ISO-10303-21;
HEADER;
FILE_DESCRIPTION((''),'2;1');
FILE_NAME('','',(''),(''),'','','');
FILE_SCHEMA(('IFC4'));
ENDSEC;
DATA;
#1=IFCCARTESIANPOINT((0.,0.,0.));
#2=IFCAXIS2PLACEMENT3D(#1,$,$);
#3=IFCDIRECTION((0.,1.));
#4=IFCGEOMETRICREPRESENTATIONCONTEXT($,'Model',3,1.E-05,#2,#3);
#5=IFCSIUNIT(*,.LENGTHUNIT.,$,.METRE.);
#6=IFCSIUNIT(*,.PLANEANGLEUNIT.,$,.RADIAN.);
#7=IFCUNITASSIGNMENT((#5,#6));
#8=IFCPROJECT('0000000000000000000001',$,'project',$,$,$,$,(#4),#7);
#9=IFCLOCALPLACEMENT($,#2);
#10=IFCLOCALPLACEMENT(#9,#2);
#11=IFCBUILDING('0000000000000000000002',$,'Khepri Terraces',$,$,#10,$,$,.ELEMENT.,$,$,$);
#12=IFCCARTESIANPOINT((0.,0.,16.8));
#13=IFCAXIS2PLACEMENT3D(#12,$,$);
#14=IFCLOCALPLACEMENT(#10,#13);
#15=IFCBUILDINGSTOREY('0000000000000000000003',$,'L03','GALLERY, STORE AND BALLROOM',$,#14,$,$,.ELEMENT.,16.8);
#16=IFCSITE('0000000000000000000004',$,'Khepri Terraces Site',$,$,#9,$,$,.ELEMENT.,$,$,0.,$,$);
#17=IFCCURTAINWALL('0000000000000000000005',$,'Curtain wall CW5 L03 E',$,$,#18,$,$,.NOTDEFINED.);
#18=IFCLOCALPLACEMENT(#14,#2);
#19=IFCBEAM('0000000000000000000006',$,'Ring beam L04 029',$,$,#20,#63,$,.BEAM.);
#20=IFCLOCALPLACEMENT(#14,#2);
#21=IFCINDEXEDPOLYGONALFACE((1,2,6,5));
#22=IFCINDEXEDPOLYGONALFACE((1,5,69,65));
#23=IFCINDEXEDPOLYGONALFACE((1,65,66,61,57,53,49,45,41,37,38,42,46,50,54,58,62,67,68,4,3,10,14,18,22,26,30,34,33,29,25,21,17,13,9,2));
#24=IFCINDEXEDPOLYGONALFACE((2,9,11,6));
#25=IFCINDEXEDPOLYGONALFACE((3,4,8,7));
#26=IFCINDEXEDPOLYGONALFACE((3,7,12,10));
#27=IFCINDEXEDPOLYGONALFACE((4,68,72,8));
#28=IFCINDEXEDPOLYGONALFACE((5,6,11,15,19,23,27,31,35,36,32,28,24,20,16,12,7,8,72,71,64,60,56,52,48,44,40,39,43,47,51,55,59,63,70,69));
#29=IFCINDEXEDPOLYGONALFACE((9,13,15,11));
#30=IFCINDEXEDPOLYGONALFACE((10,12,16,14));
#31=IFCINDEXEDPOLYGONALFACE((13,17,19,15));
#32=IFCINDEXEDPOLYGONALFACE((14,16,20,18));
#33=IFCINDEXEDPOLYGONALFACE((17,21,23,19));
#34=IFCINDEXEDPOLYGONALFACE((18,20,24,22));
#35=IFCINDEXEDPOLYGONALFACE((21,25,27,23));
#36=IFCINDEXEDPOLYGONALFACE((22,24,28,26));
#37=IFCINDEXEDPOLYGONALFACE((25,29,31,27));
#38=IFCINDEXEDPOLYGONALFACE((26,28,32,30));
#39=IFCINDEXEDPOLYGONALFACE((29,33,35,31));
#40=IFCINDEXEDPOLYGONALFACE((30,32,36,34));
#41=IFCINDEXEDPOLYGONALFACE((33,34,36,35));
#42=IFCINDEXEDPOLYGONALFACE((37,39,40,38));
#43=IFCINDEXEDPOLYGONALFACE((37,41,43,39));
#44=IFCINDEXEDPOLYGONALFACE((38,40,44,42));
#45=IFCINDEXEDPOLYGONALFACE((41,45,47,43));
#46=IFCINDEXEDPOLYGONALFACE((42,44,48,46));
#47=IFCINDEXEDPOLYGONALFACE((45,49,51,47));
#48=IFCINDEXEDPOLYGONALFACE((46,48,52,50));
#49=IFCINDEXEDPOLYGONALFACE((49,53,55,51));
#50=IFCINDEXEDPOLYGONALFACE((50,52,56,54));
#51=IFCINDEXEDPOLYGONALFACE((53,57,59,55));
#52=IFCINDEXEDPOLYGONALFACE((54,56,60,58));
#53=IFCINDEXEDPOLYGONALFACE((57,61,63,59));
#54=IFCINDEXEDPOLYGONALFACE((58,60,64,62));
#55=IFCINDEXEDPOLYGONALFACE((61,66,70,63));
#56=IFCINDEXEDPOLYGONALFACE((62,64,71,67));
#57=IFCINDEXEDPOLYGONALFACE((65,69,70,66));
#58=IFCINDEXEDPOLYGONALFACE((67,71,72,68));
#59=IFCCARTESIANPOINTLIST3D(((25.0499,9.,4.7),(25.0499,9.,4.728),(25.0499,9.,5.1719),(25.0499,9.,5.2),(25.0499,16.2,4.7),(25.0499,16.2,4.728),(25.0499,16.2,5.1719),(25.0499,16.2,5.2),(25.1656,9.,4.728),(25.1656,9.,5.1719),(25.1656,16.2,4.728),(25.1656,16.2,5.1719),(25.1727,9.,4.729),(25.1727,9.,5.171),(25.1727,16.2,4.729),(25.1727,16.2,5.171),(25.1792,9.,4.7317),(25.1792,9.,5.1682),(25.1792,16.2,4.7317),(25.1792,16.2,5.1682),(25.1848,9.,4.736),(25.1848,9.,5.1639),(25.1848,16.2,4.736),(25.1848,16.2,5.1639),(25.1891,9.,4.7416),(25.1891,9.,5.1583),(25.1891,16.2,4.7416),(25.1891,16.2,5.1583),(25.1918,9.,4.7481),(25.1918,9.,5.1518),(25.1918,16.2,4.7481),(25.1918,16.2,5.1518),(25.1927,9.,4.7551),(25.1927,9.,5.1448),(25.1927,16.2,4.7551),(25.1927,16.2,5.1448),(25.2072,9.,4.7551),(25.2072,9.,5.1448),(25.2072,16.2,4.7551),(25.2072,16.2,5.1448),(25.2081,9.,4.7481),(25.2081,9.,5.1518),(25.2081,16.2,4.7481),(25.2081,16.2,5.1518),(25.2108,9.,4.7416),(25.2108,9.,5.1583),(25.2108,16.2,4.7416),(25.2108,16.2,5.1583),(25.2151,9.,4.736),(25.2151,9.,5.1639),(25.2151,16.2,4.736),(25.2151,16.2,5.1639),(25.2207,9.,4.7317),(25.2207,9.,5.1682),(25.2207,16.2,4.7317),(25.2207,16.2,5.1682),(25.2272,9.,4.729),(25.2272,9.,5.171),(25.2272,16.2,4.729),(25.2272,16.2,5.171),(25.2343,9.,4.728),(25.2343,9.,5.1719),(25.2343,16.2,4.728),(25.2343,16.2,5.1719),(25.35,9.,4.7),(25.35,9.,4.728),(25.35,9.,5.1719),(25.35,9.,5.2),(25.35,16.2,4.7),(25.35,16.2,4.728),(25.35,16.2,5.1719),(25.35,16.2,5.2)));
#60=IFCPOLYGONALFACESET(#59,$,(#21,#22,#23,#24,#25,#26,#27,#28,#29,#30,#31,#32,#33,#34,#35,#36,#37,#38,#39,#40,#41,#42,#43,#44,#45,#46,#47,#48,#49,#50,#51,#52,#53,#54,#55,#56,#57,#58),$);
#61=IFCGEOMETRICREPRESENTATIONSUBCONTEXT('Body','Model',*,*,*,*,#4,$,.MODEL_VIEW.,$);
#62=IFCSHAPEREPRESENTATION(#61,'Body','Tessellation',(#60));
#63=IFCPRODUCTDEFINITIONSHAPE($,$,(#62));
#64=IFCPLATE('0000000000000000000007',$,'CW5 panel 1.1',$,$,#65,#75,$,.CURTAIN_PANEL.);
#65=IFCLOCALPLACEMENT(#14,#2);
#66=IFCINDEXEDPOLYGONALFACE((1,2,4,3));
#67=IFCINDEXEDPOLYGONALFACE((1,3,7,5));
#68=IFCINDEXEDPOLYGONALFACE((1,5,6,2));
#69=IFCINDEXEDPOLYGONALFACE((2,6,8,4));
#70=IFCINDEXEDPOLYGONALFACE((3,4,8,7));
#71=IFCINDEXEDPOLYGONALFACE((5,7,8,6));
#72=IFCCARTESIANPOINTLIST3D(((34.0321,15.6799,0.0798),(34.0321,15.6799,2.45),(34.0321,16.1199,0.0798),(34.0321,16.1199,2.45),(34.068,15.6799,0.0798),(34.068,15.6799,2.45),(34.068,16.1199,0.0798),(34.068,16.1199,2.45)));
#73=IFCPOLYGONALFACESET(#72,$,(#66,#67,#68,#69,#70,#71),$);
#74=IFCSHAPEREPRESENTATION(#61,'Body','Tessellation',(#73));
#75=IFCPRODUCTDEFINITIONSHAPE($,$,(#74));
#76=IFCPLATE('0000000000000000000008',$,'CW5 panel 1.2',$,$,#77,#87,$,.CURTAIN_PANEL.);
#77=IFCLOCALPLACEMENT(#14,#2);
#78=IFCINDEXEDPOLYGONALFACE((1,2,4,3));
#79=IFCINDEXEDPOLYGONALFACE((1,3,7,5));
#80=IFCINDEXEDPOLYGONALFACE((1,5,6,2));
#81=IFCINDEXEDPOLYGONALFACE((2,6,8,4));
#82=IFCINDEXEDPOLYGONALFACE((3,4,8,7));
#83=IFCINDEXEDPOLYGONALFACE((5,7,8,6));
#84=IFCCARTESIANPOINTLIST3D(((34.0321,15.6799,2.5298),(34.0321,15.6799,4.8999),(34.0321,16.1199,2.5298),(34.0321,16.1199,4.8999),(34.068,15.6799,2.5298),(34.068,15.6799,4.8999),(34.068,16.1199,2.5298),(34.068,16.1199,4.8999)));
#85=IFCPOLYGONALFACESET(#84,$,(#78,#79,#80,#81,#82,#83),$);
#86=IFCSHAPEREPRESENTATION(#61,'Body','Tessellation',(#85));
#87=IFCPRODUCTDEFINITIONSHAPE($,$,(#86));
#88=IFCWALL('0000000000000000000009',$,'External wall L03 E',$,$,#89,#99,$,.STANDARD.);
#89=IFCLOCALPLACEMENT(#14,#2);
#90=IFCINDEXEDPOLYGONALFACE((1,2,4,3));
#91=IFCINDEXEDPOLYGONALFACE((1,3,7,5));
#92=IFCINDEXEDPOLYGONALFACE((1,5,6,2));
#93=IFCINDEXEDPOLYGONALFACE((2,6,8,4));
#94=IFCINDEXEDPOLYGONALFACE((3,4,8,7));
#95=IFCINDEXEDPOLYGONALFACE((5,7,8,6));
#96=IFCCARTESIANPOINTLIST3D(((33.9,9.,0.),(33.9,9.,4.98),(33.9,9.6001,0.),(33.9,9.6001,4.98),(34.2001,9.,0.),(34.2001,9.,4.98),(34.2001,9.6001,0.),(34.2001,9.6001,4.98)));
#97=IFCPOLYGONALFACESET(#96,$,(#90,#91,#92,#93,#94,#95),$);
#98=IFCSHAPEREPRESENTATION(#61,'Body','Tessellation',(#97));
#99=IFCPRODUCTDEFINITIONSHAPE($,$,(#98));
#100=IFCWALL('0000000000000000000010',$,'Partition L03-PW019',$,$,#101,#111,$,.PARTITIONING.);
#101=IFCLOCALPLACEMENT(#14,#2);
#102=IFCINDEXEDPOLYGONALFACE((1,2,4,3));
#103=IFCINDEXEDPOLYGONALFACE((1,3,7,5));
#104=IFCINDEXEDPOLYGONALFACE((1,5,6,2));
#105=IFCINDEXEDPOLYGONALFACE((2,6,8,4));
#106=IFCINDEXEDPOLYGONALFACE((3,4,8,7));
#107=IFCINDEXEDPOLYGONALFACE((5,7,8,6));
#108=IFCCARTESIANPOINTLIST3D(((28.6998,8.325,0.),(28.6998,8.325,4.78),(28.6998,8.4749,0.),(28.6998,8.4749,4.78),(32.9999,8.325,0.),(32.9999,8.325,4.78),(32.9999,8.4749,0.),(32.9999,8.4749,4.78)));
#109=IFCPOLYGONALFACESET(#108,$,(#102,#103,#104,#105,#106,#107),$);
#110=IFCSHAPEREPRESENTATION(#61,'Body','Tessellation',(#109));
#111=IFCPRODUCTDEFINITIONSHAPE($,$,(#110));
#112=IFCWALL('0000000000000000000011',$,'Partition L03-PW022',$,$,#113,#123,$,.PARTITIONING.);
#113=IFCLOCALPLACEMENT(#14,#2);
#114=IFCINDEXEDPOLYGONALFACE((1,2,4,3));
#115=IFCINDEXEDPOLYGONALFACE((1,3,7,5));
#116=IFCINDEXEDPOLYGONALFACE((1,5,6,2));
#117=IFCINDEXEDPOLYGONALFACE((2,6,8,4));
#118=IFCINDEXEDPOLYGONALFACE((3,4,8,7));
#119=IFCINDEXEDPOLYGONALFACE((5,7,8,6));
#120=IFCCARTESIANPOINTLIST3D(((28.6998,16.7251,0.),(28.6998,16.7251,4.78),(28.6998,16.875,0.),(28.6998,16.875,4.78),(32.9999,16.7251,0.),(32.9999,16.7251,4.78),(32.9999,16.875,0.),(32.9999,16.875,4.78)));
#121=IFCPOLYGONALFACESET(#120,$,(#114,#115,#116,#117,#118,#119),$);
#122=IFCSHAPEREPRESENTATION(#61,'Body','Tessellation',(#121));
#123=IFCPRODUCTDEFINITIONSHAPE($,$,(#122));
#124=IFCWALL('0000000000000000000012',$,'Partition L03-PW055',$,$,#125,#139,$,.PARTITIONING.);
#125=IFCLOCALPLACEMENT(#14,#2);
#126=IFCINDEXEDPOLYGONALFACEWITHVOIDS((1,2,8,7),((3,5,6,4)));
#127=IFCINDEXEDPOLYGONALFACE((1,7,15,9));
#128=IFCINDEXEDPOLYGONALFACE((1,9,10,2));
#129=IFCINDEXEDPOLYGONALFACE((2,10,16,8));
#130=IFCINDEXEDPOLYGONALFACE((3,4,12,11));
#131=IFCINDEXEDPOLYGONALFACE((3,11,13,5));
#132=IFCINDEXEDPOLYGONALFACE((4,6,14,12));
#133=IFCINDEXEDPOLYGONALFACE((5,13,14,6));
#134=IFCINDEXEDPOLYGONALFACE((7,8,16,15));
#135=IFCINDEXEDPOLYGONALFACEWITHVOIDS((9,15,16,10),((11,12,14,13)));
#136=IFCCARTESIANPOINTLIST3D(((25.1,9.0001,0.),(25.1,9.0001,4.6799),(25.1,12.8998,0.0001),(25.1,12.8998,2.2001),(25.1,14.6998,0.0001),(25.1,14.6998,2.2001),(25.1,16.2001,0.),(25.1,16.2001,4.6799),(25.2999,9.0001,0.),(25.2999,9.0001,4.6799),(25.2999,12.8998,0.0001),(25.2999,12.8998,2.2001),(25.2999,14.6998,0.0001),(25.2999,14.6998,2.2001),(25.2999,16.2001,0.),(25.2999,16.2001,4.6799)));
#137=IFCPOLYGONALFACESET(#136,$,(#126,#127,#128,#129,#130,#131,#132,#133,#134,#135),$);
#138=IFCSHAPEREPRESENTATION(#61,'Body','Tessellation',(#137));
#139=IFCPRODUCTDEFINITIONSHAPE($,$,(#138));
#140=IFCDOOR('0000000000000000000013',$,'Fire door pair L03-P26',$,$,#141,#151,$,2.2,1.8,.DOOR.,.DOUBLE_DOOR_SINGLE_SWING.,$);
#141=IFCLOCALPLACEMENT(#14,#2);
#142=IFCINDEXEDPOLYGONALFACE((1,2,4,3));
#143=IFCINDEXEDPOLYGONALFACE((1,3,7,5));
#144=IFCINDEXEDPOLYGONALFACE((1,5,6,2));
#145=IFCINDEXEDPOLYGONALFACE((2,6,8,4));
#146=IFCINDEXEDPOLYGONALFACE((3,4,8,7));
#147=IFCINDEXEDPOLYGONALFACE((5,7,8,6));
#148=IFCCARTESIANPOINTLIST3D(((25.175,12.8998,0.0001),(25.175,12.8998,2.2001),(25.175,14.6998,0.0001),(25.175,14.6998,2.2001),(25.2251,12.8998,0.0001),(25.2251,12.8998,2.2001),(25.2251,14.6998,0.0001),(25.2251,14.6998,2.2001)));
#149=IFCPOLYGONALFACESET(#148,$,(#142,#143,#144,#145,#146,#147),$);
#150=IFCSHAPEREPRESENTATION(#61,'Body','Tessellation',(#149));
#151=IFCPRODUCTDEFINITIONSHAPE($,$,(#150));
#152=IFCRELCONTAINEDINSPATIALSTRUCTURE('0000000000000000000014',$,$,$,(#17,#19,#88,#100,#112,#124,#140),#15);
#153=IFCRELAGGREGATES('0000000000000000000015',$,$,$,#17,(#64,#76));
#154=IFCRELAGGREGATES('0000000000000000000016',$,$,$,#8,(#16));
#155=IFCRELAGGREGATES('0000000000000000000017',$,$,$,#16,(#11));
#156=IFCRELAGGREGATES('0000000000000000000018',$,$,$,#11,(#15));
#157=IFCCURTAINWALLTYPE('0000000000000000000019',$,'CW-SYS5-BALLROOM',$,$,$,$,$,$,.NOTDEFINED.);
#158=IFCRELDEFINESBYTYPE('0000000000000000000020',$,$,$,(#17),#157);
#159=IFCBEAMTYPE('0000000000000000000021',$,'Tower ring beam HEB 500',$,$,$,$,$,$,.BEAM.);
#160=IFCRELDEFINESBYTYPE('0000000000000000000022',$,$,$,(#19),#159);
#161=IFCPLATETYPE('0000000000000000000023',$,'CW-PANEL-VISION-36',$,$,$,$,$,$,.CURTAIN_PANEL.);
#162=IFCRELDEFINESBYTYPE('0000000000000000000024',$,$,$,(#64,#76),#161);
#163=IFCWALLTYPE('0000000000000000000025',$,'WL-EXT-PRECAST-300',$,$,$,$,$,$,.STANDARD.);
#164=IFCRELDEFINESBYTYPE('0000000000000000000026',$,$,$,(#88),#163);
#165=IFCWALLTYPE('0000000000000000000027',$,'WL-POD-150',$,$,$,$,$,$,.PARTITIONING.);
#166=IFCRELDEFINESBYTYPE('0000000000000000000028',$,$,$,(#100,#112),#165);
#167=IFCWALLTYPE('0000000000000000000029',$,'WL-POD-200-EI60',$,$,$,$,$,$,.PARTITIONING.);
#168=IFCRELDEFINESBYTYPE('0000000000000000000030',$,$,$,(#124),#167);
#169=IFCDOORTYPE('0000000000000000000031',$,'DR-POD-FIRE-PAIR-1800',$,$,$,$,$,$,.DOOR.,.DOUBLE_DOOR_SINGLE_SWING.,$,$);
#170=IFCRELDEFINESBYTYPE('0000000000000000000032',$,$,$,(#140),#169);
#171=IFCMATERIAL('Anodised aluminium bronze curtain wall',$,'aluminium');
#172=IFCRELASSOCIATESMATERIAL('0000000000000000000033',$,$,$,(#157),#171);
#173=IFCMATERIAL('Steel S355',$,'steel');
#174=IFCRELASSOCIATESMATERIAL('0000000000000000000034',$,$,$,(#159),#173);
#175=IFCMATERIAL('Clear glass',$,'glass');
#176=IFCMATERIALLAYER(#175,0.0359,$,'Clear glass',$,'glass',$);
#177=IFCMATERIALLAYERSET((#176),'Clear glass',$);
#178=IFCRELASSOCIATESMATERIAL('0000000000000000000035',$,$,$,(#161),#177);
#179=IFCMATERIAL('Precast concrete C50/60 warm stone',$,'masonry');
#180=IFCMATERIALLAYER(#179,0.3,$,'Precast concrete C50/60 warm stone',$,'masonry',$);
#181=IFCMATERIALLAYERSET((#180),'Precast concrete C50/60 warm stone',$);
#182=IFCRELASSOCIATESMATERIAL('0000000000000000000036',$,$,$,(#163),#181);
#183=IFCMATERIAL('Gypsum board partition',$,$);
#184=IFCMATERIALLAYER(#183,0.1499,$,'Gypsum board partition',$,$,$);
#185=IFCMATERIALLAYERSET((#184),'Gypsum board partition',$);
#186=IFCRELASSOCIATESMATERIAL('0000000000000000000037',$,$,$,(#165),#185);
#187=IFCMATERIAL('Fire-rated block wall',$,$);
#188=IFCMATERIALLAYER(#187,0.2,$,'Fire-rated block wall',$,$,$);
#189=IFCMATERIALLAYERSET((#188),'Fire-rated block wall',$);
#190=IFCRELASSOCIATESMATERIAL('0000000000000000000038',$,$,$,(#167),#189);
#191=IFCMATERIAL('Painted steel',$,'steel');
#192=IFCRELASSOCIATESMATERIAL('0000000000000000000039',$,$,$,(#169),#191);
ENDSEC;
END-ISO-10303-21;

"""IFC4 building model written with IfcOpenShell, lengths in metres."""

from ifc_helpers import new_model, si_unit, direction, frame, frame_2d, origin, origin_2d, place, context, subcontext, project, spatial, rectangle, i_section, extrude, material, layer, layer_set, material_profile, profile_set, type_object, element, fill, aggregate, save


model = new_model("IFC4")

# Units and contexts
model_context = context("Model", 3, precision=1e-05, world=origin(), true_north=direction((0.0, 1.0)))
body_context = subcontext(model_context, "Body", "Model", "MODEL_VIEW")
ifc_project = project(units=[si_unit("LENGTHUNIT", "METRE"), si_unit("PLANEANGLEUNIT", "RADIAN")], contexts=[model_context])

# Site, building, storey
site_placement = place(None, origin())
site = spatial("IfcSite", under=ifc_project, at=site_placement, Name="Khepri Terraces Site", CompositionType="ELEMENT", RefElevation=0.0)
building_placement = place(site_placement, origin())
building = spatial("IfcBuilding", under=site, at=building_placement, Name="Khepri Terraces", CompositionType="ELEMENT")
storey_placement = place(building_placement, frame((0.0, 0.0, 16.8)))
storey = spatial("IfcBuildingStorey", under=building, at=storey_placement, Name="L03", Description="GALLERY, STORE AND BALLROOM", CompositionType="ELEMENT", Elevation=16.8)

# Curtain wall
ifc_material_1 = material(Name="Anodised aluminium bronze curtain wall", Category="aluminium")
curtain_wall_type = type_object("IfcCurtainWallType", Name="CW-SYS5-BALLROOM", PredefinedType="NOTDEFINED", material=ifc_material_1)
curtain_wall_placement = place(storey_placement, origin())
curtain_wall = element("IfcCurtainWall", 1, at=curtain_wall_placement, inside=storey, type_object=curtain_wall_type, Name="Curtain wall CW5 L03 E", PredefinedType="NOTDEFINED")

# Beam
ifc_material_2 = material(Name="Steel S355", Category="steel")
ifc_material_profile_1 = material_profile(ifc_material_2, i_section(OverallWidth=0.3, OverallDepth=0.5, WebThickness=0.0144, FlangeThickness=0.0281, FilletRadius=0.0271, at=origin_2d()), Name="Steel S355", Category="steel")
ifc_profile_set_1 = profile_set([ifc_material_profile_1], Name="Steel S355")
beam_type_1 = type_object("IfcBeamType", Name="Tower ring beam HEB 500", PredefinedType="BEAM", material=ifc_profile_set_1)
beam_1_placement = place(storey_placement, frame((25.2, 9.0, 4.95), z_axis=(0.0, 1.0, 0.0), x_axis=(-1.0, 0.0, 0.0)))
element("IfcBeam", 2, at=beam_1_placement, inside=storey, type_object=beam_type_1, Name="Ring beam L04 029", PredefinedType="BEAM", context=body_context, shape_type="SweptSolid", body=[
    extrude(i_section(OverallWidth=0.3, OverallDepth=0.5, WebThickness=0.0144, FlangeThickness=0.0281, FilletRadius=0.0271, at=origin_2d()), origin(), (0.0, 0.0, 1.0), 7.2),
])

# Plates
ifc_material_3 = material(Name="Clear glass", Category="glass")
ifc_layer_1 = layer(ifc_material_3, 0.0359, Name="Clear glass", Category="glass")
ifc_layer_set_1 = layer_set([ifc_layer_1], Name="Clear glass")
plate_type = type_object("IfcPlateType", Name="CW-PANEL-VISION-36", PredefinedType="CURTAIN_PANEL", material=ifc_layer_set_1)
plate_1_placement = place(storey_placement, frame((34.05, 15.8999, 0.0798), z_axis=(0.0, 0.0, 1.0), x_axis=(0.0, 1.0, 0.0)))
plate_1 = element("IfcPlate", 3, at=plate_1_placement, type_object=plate_type, Name="CW5 panel 1.1", PredefinedType="CURTAIN_PANEL", context=body_context, shape_type="SweptSolid", body=[
    extrude(rectangle(XDim=0.4399, YDim=0.0359, at=origin_2d()), origin(), (0.0, 0.0, 1.0), 2.3701),
])
plate_2_placement = place(storey_placement, frame((34.05, 15.8999, 2.5298), z_axis=(0.0, 0.0, 1.0), x_axis=(0.0, 1.0, 0.0)))
plate_2 = element("IfcPlate", 4, at=plate_2_placement, type_object=plate_type, Name="CW5 panel 1.2", PredefinedType="CURTAIN_PANEL", context=body_context, shape_type="SweptSolid", body=[
    extrude(rectangle(XDim=0.4399, YDim=0.0359, at=origin_2d()), origin(), (0.0, 0.0, 1.0), 2.3701),
])
aggregate(curtain_wall, [plate_1, plate_2])

# Wall
ifc_material_4 = material(Name="Precast concrete C50/60 warm stone", Category="masonry")
ifc_layer_2 = layer(ifc_material_4, 0.3, Name="Precast concrete C50/60 warm stone", Category="masonry")
ifc_layer_set_2 = layer_set([ifc_layer_2], Name="Precast concrete C50/60 warm stone")
wall_type_1 = type_object("IfcWallType", Name="WL-EXT-PRECAST-300", PredefinedType="STANDARD", material=ifc_layer_set_2)
wall_1_placement = place(storey_placement, frame((34.05, 9.0, 0.0), z_axis=(0.0, 0.0, 1.0), x_axis=(0.0, 1.0, 0.0)))
element("IfcWall", 5, at=wall_1_placement, inside=storey, type_object=wall_type_1, Name="External wall L03 E", PredefinedType="STANDARD", context=body_context, shape_type="SweptSolid", body=[
    extrude(rectangle(XDim=0.6001, YDim=0.3, at=frame_2d((0.3, 0.0))), origin(), (0.0, 0.0, 1.0), 4.98),
])

# Walls
ifc_material_5 = material(Name="Gypsum board partition")
ifc_layer_3 = layer(ifc_material_5, 0.1499, Name="Gypsum board partition")
ifc_layer_set_3 = layer_set([ifc_layer_3], Name="Gypsum board partition")
wall_type_2 = type_object("IfcWallType", Name="WL-POD-150", PredefinedType="PARTITIONING", material=ifc_layer_set_3)
for number, where, z_axis, x_axis, name in (
    (6, (28.7, 8.3999, 0.0), (0.0, 0.0, 1.0), (1.0, 0.0, 0.0), "Partition L03-PW019"),
    (7, (28.7, 16.8, 0.0), (0.0, 0.0, 1.0), (1.0, 0.0, 0.0), "Partition L03-PW022"),
):
    element("IfcWall", number, at=place(storey_placement, frame(where, z_axis=z_axis, x_axis=x_axis)), inside=storey, type_object=wall_type_2, Name=name, PredefinedType="PARTITIONING", context=body_context, shape_type="SweptSolid", body=[
        extrude(rectangle(XDim=4.3, YDim=0.1499, at=frame_2d((2.1499, 0.0))), origin(), (0.0, 0.0, 1.0), 4.78),
    ])

# Wall, opening, door
ifc_material_6 = material(Name="Fire-rated block wall")
ifc_layer_4 = layer(ifc_material_6, 0.2, Name="Fire-rated block wall")
ifc_layer_set_4 = layer_set([ifc_layer_4], Name="Fire-rated block wall")
wall_type_3 = type_object("IfcWallType", Name="WL-POD-200-EI60", PredefinedType="PARTITIONING", material=ifc_layer_set_4)
wall_2_placement = place(storey_placement, frame((25.2, 9.0, 0.0), z_axis=(0.0, 0.0, 1.0), x_axis=(0.0, 1.0, 0.0)))
wall_2 = element("IfcWall", 8, at=wall_2_placement, inside=storey, type_object=wall_type_3, Name="Partition L03-PW055", PredefinedType="PARTITIONING", context=body_context, shape_type="SweptSolid", body=[
    extrude(rectangle(XDim=7.2, YDim=0.2, at=frame_2d((3.6001, 0.0))), origin(), (0.0, 0.0, 1.0), 4.6799),
])
opening_1_placement = place(wall_2_placement, frame((3.8999, 0.0, 0.0)))
opening_1 = element("IfcOpeningElement", 9, at=opening_1_placement, cuts=wall_2, PredefinedType="OPENING", context=body_context, shape_type="SweptSolid", body=[
    extrude(rectangle(XDim=1.8, YDim=2.2, at=frame_2d((0.8999, 1.1001))), frame((0.0, 0.1099, 0.0), z_axis=(0.0, -1.0, 0.0), x_axis=(1.0, 0.0, 0.0)), (0.0, 0.0, 1.0), 0.22),
])
ifc_material_7 = material(Name="Painted steel", Category="steel")
door_type_1 = type_object("IfcDoorType", Name="DR-POD-FIRE-PAIR-1800", OperationType="DOUBLE_DOOR_SINGLE_SWING", PredefinedType="DOOR", material=ifc_material_7)
door_1_placement = place(opening_1_placement, origin())
door_1 = element("IfcDoor", 10, at=door_1_placement, inside=storey, type_object=door_type_1, Name="Fire door pair L03-P26", OperationType="DOUBLE_DOOR_SINGLE_SWING", OverallHeight=2.2, OverallWidth=1.8, PredefinedType="DOOR", context=body_context, shape_type="SweptSolid", body=[
    extrude(rectangle(XDim=1.8, YDim=2.2, at=frame_2d((0.8999, 1.1001))), frame((0.0, 0.0249, 0.0), z_axis=(0.0, -1.0, 0.0), x_axis=(1.0, 0.0, 0.0)), (0.0, 0.0, 1.0), 0.05),
])
fill(opening_1, door_1)

save(model, "model.ifc")
